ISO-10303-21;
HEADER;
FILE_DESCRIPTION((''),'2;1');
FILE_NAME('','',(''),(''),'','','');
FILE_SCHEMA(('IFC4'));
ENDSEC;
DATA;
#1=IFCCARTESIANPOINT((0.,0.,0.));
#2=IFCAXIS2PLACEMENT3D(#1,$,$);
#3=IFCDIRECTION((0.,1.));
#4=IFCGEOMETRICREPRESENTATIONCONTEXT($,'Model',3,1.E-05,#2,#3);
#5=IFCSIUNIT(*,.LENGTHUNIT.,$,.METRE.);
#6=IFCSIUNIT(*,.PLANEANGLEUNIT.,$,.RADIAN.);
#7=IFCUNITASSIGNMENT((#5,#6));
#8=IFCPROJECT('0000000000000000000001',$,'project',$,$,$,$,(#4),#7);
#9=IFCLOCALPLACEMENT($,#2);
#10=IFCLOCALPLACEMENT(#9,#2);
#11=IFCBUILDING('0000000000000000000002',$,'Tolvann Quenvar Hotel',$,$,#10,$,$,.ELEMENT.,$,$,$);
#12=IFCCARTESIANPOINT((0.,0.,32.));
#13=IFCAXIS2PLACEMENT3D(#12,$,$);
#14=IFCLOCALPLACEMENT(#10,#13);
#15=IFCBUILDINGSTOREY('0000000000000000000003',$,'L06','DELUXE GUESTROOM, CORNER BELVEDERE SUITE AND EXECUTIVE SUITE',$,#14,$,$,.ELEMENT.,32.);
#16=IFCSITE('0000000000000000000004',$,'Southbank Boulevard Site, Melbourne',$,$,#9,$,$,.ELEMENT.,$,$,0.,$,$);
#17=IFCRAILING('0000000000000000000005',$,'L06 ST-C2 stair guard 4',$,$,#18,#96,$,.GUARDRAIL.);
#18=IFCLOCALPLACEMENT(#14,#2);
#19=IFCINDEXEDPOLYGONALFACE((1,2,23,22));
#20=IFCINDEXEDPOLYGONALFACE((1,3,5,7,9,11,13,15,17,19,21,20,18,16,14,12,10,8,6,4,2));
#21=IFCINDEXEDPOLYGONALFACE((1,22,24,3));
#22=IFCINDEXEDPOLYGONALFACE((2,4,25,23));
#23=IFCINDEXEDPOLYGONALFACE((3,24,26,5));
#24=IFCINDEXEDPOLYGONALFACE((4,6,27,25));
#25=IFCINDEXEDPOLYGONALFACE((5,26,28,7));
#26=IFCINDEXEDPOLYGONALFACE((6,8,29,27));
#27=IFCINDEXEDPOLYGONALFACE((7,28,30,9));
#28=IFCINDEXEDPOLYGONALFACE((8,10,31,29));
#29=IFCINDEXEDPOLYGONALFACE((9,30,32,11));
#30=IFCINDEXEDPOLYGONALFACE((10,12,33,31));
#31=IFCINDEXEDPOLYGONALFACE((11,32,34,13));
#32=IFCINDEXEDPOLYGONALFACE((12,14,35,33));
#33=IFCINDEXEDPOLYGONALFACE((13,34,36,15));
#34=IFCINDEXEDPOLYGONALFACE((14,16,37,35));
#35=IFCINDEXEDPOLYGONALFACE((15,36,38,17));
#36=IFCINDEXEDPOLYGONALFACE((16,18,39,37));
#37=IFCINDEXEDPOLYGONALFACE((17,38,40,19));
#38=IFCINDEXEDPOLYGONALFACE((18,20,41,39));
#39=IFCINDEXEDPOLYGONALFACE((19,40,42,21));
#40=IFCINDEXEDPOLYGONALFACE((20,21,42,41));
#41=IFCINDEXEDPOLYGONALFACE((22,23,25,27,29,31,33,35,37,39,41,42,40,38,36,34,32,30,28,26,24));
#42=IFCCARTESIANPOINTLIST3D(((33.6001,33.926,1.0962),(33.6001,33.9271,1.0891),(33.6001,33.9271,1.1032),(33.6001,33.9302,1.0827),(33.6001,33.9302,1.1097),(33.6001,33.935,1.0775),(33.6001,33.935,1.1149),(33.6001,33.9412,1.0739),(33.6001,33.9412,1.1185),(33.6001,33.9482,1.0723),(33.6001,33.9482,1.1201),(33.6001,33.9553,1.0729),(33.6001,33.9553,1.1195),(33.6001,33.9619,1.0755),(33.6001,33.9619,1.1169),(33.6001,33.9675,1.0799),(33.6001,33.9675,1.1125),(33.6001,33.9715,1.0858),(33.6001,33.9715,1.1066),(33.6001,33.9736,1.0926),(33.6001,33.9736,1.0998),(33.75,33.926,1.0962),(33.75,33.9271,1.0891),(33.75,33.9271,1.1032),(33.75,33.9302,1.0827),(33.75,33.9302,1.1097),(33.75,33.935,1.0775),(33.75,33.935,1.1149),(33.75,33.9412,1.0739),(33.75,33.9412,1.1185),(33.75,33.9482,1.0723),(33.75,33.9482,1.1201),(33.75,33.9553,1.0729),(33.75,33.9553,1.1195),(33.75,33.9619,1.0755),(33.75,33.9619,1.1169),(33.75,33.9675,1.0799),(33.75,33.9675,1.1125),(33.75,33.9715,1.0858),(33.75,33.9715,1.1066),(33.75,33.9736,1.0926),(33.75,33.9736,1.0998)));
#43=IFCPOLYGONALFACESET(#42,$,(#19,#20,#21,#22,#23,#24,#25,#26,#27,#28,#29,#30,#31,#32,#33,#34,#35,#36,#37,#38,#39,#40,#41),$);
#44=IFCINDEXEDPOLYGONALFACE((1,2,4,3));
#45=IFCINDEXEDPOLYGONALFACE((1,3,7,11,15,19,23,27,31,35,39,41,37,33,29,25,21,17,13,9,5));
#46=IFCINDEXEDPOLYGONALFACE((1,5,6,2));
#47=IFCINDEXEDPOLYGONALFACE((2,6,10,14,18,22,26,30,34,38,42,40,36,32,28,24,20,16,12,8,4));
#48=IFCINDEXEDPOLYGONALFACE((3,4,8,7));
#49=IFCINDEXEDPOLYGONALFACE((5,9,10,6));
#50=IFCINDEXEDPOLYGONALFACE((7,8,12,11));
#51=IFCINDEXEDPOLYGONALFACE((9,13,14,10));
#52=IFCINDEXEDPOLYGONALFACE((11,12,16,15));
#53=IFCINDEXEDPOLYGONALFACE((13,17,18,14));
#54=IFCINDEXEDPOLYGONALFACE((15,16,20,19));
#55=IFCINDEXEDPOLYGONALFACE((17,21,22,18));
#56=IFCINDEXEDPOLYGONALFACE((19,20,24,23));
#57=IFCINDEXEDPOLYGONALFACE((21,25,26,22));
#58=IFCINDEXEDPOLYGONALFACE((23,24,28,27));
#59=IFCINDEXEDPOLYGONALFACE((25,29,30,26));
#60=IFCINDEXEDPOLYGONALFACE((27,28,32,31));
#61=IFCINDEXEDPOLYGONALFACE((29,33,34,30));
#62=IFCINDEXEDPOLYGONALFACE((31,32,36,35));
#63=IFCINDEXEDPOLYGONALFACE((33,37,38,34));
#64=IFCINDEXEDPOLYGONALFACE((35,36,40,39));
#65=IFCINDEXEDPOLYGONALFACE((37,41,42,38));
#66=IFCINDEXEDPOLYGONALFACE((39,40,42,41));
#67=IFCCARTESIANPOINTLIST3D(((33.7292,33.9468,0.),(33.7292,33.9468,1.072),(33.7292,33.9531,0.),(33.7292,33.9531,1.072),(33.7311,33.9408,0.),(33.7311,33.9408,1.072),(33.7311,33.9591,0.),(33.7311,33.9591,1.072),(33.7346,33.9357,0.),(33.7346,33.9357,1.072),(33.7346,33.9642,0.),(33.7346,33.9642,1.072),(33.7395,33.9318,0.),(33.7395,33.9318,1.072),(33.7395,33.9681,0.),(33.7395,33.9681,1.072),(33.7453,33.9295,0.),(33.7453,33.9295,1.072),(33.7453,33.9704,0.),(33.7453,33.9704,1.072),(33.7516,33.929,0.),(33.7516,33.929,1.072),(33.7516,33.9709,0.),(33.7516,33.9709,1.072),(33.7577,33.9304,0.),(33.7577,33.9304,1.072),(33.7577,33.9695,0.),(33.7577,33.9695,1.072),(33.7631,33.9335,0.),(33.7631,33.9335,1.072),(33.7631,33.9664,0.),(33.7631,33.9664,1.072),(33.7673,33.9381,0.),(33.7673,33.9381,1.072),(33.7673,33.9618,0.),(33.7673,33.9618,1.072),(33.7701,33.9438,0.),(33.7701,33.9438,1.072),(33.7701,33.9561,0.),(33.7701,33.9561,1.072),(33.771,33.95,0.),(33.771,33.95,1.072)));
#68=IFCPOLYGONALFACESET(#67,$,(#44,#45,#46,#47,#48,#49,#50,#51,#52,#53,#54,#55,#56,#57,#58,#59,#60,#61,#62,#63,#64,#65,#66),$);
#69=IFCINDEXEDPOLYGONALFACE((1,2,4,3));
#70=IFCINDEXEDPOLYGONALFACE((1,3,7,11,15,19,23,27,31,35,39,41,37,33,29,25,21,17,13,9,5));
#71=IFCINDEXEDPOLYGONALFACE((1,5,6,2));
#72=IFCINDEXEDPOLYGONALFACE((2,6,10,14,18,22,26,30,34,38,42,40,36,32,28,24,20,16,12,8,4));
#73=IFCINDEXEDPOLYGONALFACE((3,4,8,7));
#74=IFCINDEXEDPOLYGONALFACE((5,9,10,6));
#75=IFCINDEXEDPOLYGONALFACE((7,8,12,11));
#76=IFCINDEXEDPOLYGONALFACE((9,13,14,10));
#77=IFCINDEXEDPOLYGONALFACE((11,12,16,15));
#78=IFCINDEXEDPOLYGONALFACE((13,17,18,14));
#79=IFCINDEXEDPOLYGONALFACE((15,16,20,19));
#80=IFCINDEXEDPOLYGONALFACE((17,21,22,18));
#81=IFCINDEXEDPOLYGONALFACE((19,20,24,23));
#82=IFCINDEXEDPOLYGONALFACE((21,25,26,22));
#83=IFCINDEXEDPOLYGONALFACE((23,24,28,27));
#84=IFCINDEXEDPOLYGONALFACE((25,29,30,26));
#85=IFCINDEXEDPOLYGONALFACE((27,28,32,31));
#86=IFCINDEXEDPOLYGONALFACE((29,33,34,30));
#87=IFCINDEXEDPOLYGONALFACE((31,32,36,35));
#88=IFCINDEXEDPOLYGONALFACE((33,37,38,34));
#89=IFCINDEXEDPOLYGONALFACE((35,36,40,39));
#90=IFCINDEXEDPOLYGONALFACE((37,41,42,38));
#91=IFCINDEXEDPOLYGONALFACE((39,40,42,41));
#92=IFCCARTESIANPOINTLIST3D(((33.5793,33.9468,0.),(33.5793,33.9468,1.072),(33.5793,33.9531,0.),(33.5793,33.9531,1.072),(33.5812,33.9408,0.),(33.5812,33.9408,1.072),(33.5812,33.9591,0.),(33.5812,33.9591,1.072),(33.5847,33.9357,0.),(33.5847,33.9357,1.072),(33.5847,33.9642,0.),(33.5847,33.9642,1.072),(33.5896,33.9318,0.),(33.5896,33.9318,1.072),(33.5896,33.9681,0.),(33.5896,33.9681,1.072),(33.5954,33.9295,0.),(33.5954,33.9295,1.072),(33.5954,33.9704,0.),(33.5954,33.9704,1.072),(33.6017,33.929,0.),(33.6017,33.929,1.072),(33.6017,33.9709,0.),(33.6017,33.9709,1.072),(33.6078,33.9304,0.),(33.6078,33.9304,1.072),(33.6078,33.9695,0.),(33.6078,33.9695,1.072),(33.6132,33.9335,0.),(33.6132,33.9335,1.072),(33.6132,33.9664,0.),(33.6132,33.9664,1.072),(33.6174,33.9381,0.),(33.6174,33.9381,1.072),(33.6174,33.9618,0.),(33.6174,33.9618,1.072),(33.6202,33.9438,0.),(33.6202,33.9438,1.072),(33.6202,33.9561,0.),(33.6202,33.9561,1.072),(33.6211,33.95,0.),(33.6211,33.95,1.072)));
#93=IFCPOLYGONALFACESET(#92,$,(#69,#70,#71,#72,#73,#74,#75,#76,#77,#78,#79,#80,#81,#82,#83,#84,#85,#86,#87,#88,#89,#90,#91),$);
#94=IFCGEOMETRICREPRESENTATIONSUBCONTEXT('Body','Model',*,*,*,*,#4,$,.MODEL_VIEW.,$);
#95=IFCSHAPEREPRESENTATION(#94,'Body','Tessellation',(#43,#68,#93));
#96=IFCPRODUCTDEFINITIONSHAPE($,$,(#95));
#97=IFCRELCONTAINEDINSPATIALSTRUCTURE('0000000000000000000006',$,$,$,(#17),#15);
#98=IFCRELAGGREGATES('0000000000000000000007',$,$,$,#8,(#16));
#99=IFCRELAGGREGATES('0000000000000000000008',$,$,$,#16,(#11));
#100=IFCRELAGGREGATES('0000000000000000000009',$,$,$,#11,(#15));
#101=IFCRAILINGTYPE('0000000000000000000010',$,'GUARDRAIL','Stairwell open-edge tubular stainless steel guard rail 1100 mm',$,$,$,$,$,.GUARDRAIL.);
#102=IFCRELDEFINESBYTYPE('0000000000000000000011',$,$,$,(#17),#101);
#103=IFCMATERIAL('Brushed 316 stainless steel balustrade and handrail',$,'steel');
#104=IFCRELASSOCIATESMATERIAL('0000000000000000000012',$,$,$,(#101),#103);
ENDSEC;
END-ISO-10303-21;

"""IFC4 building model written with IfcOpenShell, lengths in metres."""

from ifc_helpers import new_model, si_unit, direction, frame, origin, origin_2d, place, context, subcontext, project, spatial, circle, extrude, material, type_object, element, save


model = new_model("IFC4")

# Units and contexts
model_context = context("Model", 3, precision=1e-05, world=origin(), true_north=direction((0.0, 1.0)))
body_context = subcontext(model_context, "Body", "Model", "MODEL_VIEW")
ifc_project = project(units=[si_unit("LENGTHUNIT", "METRE"), si_unit("PLANEANGLEUNIT", "RADIAN")], contexts=[model_context])

# Site, building, storey
site_placement = place(None, origin())
site = spatial("IfcSite", under=ifc_project, at=site_placement, Name="Southbank Boulevard Site, Melbourne", CompositionType="ELEMENT", RefElevation=0.0)
building_placement = place(site_placement, origin())
building = spatial("IfcBuilding", under=site, at=building_placement, Name="Tolvann Quenvar Hotel", CompositionType="ELEMENT")
storey_placement = place(building_placement, frame((0.0, 0.0, 32.0)))
storey = spatial("IfcBuildingStorey", under=building, at=storey_placement, Name="L06", Description="DELUXE GUESTROOM, CORNER BELVEDERE SUITE AND EXECUTIVE SUITE", CompositionType="ELEMENT", Elevation=32.0)

# Railing
ifc_material_1 = material(Name="Brushed 316 stainless steel balustrade and handrail", Category="steel")
railing_type_1 = type_object("IfcRailingType", Name="GUARDRAIL", Description="Stairwell open-edge tubular stainless steel guard rail 1100 mm", PredefinedType="GUARDRAIL", material=ifc_material_1)
railing_1_placement = place(storey_placement, frame((33.75, 33.95, 0.0)))
element("IfcRailing", 1, at=railing_1_placement, inside=storey, type_object=railing_type_1, Name="L06 ST-C2 stair guard 4", PredefinedType="GUARDRAIL", context=body_context, shape_type="SweptSolid", body=[
    extrude(circle(Radius=0.0239, at=origin_2d()), frame((0.0, 0.0, 1.0962), z_axis=(-1.0, 0.0, 0.0), x_axis=(0.0, -1.0, 0.0)), (0.0, 0.0, 1.0), 0.1499),
    extrude(circle(Radius=0.021, at=origin_2d()), origin(), (0.0, 0.0, 1.0), 1.072),
    extrude(circle(Radius=0.021, at=origin_2d()), frame((-0.1499, 0.0, 0.0)), (0.0, 0.0, 1.0), 1.072),
])

save(model, "model.ifc")
